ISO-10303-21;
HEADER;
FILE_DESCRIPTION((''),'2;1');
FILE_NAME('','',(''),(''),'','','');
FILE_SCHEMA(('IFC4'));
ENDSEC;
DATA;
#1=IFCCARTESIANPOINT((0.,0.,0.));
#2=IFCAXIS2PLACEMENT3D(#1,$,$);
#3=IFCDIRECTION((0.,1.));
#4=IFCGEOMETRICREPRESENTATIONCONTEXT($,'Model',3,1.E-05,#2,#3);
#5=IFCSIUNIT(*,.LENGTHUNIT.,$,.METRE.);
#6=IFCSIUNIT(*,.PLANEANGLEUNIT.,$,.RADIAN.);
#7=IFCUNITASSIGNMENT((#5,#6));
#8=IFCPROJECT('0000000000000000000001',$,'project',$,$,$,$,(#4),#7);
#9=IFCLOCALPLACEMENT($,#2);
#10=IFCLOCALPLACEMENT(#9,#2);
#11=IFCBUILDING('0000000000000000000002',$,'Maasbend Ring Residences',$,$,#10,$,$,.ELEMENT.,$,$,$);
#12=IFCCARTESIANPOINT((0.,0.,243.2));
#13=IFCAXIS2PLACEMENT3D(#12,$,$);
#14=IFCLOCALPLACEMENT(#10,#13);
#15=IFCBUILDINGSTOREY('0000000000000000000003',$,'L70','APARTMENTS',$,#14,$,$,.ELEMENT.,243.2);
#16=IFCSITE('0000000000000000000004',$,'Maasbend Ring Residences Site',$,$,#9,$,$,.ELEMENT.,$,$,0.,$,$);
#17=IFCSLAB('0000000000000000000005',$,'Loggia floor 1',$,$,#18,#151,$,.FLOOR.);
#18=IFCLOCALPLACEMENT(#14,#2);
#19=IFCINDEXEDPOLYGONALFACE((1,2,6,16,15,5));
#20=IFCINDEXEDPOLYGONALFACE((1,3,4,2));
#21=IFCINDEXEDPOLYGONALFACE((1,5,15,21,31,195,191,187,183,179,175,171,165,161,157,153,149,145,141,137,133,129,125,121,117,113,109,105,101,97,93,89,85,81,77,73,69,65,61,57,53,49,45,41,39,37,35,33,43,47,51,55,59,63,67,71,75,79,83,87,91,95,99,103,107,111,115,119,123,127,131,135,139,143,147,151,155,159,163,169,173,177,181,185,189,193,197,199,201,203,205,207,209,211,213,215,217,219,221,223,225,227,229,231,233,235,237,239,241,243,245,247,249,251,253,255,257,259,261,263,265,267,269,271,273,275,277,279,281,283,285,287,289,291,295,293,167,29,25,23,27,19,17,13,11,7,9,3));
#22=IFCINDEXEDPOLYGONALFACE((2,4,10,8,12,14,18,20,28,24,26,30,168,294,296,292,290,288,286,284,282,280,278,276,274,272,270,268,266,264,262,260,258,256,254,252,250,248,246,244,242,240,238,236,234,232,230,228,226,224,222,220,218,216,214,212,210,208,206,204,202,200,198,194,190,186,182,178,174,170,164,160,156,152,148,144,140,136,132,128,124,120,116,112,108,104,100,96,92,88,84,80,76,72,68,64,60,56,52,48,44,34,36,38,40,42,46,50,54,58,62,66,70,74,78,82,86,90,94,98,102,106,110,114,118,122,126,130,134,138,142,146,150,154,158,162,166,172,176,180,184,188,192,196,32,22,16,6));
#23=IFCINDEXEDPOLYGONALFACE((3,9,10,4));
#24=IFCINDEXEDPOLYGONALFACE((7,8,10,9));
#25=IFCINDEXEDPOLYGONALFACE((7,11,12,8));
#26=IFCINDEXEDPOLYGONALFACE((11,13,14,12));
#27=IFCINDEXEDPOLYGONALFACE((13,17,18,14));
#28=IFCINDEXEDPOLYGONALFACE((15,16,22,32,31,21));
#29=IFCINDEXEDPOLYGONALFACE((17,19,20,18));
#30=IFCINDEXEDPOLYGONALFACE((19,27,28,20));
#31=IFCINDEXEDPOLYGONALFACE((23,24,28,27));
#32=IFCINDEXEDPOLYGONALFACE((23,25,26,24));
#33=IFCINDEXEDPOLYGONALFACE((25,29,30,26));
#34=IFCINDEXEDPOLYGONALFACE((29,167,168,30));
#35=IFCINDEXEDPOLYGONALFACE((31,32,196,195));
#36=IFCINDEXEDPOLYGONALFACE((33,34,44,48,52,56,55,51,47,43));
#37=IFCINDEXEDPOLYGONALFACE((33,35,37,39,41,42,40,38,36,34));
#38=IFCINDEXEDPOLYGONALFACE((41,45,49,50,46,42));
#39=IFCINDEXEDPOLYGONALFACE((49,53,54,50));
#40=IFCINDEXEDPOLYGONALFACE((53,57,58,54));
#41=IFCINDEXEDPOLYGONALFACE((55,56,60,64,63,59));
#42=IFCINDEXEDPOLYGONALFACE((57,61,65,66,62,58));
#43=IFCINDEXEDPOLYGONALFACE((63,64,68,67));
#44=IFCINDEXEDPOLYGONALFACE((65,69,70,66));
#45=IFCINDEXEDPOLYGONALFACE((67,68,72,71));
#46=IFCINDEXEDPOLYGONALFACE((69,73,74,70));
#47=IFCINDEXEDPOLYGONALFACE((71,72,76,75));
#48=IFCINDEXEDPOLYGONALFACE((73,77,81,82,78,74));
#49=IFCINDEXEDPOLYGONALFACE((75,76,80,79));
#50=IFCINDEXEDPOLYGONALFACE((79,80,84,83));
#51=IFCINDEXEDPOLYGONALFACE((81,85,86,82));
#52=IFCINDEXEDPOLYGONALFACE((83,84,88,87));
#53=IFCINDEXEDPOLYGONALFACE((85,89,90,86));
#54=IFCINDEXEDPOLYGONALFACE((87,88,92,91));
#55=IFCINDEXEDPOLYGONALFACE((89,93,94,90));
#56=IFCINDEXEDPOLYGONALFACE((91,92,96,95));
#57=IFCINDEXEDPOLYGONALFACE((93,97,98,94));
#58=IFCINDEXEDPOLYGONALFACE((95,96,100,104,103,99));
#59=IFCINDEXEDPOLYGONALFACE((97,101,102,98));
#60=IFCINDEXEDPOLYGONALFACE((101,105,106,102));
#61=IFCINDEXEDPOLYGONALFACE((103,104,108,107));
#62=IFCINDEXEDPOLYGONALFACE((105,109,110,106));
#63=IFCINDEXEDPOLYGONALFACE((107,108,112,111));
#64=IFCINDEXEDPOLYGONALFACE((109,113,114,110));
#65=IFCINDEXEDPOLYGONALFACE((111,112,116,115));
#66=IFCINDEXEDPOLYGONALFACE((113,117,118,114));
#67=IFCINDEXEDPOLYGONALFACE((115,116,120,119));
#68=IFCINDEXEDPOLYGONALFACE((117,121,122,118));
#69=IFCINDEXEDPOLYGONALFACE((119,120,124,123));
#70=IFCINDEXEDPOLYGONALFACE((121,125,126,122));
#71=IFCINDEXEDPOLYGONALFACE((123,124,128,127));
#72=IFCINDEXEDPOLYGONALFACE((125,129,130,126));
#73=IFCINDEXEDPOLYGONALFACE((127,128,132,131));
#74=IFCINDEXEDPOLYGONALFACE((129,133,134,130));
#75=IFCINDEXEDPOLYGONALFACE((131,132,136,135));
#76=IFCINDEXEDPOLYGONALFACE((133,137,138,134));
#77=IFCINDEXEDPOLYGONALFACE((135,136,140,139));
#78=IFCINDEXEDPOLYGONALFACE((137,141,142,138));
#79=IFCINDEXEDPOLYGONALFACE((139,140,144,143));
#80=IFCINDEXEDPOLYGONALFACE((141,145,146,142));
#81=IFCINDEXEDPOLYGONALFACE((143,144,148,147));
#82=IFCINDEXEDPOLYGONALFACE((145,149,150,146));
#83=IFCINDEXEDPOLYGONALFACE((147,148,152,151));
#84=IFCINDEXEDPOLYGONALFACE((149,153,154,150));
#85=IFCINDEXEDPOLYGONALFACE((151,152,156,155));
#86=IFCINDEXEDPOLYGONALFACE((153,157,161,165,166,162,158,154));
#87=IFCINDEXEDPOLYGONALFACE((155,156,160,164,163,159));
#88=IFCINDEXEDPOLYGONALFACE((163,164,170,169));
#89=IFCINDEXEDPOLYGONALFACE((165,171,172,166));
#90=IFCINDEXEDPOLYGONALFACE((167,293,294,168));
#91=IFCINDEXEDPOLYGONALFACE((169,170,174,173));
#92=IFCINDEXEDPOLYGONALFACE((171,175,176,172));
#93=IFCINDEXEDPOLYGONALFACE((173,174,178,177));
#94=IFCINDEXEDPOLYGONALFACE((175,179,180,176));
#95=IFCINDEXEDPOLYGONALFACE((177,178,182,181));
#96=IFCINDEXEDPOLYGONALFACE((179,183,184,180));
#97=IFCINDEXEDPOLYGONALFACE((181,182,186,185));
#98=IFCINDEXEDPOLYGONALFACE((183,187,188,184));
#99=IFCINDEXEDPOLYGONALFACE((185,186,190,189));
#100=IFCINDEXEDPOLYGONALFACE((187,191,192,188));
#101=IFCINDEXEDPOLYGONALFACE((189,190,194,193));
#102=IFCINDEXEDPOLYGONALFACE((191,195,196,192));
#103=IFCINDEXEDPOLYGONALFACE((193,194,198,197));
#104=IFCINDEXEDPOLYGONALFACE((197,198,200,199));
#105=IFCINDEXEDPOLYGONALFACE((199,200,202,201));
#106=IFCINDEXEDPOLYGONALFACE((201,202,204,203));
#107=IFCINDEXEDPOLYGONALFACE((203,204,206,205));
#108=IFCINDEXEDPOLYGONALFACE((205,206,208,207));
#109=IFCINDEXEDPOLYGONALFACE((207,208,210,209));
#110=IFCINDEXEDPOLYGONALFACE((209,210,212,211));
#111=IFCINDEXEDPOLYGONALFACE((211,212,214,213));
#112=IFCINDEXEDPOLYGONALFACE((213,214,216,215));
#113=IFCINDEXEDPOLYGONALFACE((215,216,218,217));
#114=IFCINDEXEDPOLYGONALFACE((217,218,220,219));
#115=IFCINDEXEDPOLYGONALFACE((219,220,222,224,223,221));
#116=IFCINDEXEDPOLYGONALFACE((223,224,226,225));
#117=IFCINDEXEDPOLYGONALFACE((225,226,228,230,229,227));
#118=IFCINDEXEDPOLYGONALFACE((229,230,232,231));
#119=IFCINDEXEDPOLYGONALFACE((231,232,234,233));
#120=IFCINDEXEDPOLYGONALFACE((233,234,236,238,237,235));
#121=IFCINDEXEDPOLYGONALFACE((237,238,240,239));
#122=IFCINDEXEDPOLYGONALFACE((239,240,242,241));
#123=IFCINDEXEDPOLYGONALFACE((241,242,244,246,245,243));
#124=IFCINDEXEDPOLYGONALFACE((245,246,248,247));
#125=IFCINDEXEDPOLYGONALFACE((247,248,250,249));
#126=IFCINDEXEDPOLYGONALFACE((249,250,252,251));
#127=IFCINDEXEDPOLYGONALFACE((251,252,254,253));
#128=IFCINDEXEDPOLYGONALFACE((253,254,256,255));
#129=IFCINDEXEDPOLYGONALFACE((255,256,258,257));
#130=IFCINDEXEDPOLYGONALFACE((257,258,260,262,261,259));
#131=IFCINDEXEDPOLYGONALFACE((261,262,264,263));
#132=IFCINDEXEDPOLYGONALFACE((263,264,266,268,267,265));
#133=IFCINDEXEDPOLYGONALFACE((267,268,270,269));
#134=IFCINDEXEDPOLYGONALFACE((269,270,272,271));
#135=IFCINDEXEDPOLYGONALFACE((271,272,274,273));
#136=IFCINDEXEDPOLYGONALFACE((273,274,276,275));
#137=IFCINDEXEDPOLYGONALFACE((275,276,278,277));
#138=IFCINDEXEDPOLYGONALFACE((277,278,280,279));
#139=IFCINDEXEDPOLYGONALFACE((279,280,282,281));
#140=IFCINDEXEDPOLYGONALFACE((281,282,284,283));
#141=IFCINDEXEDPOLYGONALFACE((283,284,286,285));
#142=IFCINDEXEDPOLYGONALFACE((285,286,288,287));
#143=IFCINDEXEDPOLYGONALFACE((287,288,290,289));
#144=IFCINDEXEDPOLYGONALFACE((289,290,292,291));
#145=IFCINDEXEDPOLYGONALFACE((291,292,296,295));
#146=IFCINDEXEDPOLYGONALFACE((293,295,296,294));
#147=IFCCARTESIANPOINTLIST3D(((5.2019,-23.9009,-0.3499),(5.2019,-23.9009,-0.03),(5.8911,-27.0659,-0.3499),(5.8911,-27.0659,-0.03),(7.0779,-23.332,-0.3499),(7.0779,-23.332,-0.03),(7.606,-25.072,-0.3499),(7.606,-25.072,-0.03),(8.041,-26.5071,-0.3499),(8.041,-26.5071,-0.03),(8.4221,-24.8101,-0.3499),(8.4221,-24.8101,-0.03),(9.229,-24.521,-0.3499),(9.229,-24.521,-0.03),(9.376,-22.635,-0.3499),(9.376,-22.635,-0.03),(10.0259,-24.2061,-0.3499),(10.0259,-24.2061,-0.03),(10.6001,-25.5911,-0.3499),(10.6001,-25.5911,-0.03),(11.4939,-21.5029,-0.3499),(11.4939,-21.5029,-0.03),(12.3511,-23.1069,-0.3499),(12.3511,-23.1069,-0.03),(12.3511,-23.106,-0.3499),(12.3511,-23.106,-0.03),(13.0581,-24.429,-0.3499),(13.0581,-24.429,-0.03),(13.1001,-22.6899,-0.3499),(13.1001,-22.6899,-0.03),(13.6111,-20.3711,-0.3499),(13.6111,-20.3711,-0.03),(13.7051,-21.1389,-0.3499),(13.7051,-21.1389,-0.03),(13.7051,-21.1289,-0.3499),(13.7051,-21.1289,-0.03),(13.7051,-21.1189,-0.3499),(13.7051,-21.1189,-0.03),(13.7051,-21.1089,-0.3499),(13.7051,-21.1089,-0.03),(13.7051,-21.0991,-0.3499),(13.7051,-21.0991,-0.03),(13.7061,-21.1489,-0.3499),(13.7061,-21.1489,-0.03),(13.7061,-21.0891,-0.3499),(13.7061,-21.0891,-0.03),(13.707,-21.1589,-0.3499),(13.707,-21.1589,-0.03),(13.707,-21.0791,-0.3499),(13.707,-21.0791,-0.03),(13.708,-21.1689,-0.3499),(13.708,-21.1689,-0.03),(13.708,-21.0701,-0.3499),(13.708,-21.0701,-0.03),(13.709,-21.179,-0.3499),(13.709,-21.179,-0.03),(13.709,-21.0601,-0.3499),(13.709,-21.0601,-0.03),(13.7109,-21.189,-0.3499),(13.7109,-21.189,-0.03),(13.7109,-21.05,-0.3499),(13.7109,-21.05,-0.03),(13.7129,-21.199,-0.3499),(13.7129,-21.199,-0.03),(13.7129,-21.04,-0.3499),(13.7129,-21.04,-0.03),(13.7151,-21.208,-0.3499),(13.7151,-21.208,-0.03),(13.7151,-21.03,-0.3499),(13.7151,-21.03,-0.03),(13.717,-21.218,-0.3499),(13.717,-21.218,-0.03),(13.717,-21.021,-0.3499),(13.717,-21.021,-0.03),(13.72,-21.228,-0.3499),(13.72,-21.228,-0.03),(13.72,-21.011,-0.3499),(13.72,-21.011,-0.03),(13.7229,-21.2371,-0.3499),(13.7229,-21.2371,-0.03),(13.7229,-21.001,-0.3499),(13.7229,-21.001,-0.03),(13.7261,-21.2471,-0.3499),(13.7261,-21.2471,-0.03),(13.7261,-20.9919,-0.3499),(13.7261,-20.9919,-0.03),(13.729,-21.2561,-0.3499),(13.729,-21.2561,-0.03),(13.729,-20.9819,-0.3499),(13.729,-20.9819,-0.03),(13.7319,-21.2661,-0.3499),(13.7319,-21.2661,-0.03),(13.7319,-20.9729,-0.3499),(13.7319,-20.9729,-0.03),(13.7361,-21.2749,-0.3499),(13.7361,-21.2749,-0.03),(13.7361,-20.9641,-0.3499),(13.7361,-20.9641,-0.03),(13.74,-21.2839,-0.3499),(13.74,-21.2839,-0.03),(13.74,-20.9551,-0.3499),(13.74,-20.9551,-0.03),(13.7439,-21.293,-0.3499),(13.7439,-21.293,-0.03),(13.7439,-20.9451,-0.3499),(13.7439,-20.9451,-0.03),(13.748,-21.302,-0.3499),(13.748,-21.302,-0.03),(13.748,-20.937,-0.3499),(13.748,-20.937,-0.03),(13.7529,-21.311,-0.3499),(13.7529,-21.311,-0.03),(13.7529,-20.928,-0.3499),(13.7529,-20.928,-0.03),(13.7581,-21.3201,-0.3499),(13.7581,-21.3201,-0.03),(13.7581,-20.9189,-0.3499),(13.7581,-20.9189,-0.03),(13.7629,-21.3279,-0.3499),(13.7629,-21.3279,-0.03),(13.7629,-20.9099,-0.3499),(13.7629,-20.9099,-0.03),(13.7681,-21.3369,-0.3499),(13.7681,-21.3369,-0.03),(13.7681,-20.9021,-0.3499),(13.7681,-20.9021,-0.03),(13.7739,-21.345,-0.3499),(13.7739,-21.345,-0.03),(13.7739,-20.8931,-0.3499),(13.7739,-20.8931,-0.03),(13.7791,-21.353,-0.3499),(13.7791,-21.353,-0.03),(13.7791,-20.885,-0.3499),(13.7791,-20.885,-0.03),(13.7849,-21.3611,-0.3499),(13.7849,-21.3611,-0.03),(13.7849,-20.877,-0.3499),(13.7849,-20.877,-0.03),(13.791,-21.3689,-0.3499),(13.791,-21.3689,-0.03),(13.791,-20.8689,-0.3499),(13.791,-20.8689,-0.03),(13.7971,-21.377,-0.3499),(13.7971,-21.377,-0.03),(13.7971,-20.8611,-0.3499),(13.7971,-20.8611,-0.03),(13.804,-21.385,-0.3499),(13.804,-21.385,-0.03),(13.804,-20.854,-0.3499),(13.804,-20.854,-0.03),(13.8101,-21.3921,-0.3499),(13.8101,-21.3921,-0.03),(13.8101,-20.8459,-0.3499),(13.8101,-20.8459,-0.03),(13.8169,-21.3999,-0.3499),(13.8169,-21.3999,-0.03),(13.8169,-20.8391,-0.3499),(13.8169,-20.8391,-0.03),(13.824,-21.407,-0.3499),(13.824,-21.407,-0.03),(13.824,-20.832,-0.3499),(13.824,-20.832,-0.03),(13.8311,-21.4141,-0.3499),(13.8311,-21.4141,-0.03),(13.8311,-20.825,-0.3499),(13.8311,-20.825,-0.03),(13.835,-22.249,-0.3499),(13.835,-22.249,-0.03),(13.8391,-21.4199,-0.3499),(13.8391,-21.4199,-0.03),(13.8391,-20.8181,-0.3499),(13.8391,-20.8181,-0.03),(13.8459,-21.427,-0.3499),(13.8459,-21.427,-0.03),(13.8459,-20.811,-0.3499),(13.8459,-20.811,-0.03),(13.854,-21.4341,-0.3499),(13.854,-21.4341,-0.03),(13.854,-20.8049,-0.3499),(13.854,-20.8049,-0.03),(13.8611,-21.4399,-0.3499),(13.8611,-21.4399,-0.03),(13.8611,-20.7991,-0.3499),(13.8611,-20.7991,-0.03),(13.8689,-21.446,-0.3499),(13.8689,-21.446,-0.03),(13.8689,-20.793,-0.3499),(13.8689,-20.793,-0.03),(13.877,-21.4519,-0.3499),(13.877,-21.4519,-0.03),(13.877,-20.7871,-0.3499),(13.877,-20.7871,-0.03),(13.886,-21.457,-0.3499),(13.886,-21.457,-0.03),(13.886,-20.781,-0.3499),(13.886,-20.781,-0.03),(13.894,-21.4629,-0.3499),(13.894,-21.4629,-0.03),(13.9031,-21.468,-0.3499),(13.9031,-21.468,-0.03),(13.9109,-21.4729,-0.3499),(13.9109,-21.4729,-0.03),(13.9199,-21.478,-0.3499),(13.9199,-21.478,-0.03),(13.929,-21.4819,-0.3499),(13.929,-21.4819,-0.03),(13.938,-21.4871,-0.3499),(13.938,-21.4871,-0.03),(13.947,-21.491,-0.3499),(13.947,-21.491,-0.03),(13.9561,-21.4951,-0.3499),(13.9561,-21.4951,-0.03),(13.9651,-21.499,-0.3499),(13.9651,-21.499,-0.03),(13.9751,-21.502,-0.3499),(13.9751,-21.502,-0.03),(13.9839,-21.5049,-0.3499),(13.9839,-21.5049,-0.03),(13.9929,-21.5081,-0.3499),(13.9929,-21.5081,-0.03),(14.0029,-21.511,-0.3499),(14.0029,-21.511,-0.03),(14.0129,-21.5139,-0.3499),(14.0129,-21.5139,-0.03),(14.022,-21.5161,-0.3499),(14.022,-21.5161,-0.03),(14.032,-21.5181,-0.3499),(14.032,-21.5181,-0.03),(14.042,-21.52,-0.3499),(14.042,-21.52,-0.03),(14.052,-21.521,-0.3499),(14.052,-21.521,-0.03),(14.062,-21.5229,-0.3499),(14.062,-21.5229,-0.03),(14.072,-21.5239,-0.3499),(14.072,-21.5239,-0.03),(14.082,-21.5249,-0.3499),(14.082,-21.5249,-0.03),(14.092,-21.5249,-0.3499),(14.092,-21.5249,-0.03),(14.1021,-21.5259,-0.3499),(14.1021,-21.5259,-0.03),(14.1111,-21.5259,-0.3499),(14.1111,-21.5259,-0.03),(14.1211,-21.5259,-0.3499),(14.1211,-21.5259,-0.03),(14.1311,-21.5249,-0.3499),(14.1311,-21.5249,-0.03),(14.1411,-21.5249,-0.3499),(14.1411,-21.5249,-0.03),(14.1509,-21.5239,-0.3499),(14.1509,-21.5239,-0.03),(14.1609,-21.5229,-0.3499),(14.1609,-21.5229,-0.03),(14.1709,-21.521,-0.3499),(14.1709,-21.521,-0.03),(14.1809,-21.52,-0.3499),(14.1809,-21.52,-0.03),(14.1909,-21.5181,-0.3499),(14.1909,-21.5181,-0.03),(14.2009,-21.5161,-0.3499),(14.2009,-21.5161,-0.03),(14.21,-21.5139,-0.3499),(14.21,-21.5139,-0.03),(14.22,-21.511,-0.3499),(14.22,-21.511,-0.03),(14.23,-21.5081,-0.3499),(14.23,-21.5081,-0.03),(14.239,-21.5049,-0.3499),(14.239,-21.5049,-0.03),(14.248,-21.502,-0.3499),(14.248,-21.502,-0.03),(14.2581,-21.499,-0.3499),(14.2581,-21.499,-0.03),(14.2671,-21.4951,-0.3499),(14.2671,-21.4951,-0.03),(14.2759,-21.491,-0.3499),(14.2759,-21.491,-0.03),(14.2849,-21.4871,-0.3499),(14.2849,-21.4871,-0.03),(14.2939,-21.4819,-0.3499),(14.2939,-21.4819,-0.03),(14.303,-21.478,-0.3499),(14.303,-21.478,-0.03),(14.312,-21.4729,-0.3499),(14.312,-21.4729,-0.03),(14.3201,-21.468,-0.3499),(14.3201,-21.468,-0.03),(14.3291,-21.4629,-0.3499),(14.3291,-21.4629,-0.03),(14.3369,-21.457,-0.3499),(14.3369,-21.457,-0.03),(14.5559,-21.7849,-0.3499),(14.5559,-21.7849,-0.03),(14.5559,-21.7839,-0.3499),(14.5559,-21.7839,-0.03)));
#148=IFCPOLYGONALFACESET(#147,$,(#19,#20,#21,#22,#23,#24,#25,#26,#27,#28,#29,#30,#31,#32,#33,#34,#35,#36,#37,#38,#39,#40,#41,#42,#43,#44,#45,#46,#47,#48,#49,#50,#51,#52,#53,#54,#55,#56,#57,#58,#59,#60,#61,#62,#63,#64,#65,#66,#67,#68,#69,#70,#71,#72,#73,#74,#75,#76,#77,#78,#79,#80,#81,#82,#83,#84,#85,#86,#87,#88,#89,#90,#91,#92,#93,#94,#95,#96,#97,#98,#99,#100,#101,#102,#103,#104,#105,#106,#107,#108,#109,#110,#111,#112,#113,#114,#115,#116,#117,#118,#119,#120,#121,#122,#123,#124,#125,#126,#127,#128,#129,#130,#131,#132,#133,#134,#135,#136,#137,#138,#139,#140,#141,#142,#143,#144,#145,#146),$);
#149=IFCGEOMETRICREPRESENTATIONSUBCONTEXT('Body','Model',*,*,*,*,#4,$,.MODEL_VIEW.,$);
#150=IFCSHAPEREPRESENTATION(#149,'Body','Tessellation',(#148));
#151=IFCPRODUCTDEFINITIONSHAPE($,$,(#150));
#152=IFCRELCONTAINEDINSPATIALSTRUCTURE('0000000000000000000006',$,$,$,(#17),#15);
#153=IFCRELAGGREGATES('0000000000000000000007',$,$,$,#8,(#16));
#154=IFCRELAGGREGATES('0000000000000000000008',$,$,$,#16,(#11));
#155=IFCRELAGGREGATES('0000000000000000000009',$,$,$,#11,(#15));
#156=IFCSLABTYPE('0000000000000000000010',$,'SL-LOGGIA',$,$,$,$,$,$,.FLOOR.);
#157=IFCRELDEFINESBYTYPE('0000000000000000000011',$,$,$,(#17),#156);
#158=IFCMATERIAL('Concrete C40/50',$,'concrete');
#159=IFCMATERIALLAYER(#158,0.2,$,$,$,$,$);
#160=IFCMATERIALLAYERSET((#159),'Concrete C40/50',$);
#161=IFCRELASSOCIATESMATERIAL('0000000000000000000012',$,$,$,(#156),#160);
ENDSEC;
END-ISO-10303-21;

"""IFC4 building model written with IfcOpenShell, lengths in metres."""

from ifc_helpers import new_model, si_unit, direction, frame, origin, place, context, subcontext, project, spatial, polyline, outline, extrude, material, layer, layer_set, type_object, element, save


model = new_model("IFC4")

# Units and contexts
model_context = context("Model", 3, precision=1e-05, world=origin(), true_north=direction((0.0, 1.0)))
body_context = subcontext(model_context, "Body", "Model", "MODEL_VIEW")
ifc_project = project(units=[si_unit("LENGTHUNIT", "METRE"), si_unit("PLANEANGLEUNIT", "RADIAN")], contexts=[model_context])

# Site, building, storey
site_placement = place(None, origin())
site = spatial("IfcSite", under=ifc_project, at=site_placement, Name="Maasbend Ring Residences Site", CompositionType="ELEMENT", RefElevation=0.0)
building_placement = place(site_placement, origin())
building = spatial("IfcBuilding", under=site, at=building_placement, Name="Maasbend Ring Residences", CompositionType="ELEMENT")
storey_placement = place(building_placement, frame((0.0, 0.0, 243.2)))
storey = spatial("IfcBuildingStorey", under=building, at=storey_placement, Name="L70", Description="APARTMENTS", CompositionType="ELEMENT", Elevation=243.2)

# Slab
ifc_material_1 = material(Name="Concrete C40/50", Category="concrete")
ifc_layer_1 = layer(ifc_material_1, 0.2)
ifc_layer_set_1 = layer_set([ifc_layer_1], Name="Concrete C40/50")
slab_type_1 = type_object("IfcSlabType", Name="SL-LOGGIA", PredefinedType="FLOOR", material=ifc_layer_set_1)
slab_1_placement = place(storey_placement, frame((0.0, 0.0, -0.3499)))
element("IfcSlab", 1, at=slab_1_placement, inside=storey, type_object=slab_type_1, Name="Loggia floor 1", PredefinedType="FLOOR", context=body_context, shape_type="SweptSolid", body=[
    extrude(outline(polyline([(9.376, -22.635), (11.4939, -21.5029), (13.6111, -20.3711), (13.6111, -20.3711), (13.6111, -20.3711), (13.886, -20.781), (13.877, -20.7871), (13.8689, -20.793), (13.8611, -20.7991), (13.854, -20.8049), (13.8459, -20.811), (13.8391, -20.8181), (13.8311, -20.825), (13.824, -20.832), (13.8169, -20.8391), (13.8101, -20.8459), (13.804, -20.854), (13.7971, -20.8611), (13.791, -20.8689), (13.7849, -20.877), (13.7791, -20.885), (13.7739, -20.8931), (13.7681, -20.9021), (13.7629, -20.9099), (13.7581, -20.9189), (13.7529, -20.928), (13.748, -20.937), (13.7439, -20.9451), (13.74, -20.9551), (13.7361, -20.9641), (13.7319, -20.9729), (13.729, -20.9819), (13.7261, -20.9919), (13.7229, -21.001), (13.72, -21.011), (13.717, -21.021), (13.7151, -21.03), (13.7129, -21.04), (13.7109, -21.05), (13.709, -21.0601), (13.708, -21.0701), (13.707, -21.0791), (13.7061, -21.0891), (13.7051, -21.0991), (13.7051, -21.1089), (13.7051, -21.1189), (13.7051, -21.1289), (13.7051, -21.1389), (13.7061, -21.1489), (13.707, -21.1589), (13.708, -21.1689), (13.709, -21.179), (13.7109, -21.189), (13.7129, -21.199), (13.7151, -21.208), (13.717, -21.218), (13.72, -21.228), (13.7229, -21.2371), (13.7261, -21.2471), (13.729, -21.2561), (13.7319, -21.2661), (13.7361, -21.2749), (13.74, -21.2839), (13.7439, -21.293), (13.748, -21.302), (13.7529, -21.311), (13.7581, -21.3201), (13.7629, -21.3279), (13.7681, -21.3369), (13.7739, -21.345), (13.7791, -21.353), (13.7849, -21.3611), (13.791, -21.3689), (13.7971, -21.377), (13.804, -21.385), (13.8101, -21.3921), (13.8169, -21.3999), (13.824, -21.407), (13.8311, -21.4141), (13.8391, -21.4199), (13.8459, -21.427), (13.854, -21.4341), (13.8611, -21.4399), (13.8689, -21.446), (13.877, -21.4519), (13.886, -21.457), (13.894, -21.4629), (13.9031, -21.468), (13.9109, -21.4729), (13.9199, -21.478), (13.929, -21.4819), (13.938, -21.4871), (13.947, -21.491), (13.9561, -21.4951), (13.9651, -21.499), (13.9751, -21.502), (13.9839, -21.5049), (13.9929, -21.5081), (14.0029, -21.511), (14.0129, -21.5139), (14.022, -21.5161), (14.032, -21.5181), (14.042, -21.52), (14.052, -21.521), (14.062, -21.5229), (14.072, -21.5239), (14.082, -21.5249), (14.092, -21.5249), (14.1021, -21.5259), (14.1111, -21.5259), (14.1211, -21.5259), (14.1311, -21.5249), (14.1411, -21.5249), (14.1509, -21.5239), (14.1609, -21.5229), (14.1709, -21.521), (14.1809, -21.52), (14.1909, -21.5181), (14.2009, -21.5161), (14.21, -21.5139), (14.22, -21.511), (14.23, -21.5081), (14.239, -21.5049), (14.248, -21.502), (14.2581, -21.499), (14.2671, -21.4951), (14.2759, -21.491), (14.2849, -21.4871), (14.2939, -21.4819), (14.303, -21.478), (14.312, -21.4729), (14.3201, -21.468), (14.3291, -21.4629), (14.3369, -21.457), (14.5559, -21.7839), (14.5559, -21.7849), (14.5559, -21.7849), (13.835, -22.249), (13.835, -22.249), (13.1001, -22.6899), (13.1001, -22.6899), (12.3511, -23.106), (12.3511, -23.106), (12.3511, -23.106), (12.3511, -23.106), (12.3511, -23.106), (12.3511, -23.106), (12.3511, -23.106), (12.3511, -23.106), (12.3511, -23.106), (12.3511, -23.106), (12.3511, -23.106), (12.3511, -23.1069), (12.3511, -23.1069), (12.3511, -23.1069), (12.3511, -23.1069), (12.3511, -23.1069), (12.3511, -23.1069), (13.0581, -24.429), (13.0581, -24.429), (13.0581, -24.429), (10.6001, -25.5911), (10.6001, -25.5911), (10.6001, -25.5911), (10.0259, -24.2061), (10.0259, -24.2061), (10.0259, -24.2061), (10.0259, -24.2061), (10.0259, -24.2061), (10.0259, -24.2061), (10.0259, -24.2061), (10.0259, -24.2061), (10.0259, -24.2061), (10.0259, -24.2061), (10.0259, -24.2061), (10.0259, -24.2061), (10.0259, -24.2061), (10.0259, -24.2061), (10.0259, -24.2061), (10.0259, -24.2061), (10.0259, -24.2061), (9.229, -24.521), (9.229, -24.521), (8.4221, -24.8101), (8.4221, -24.8101), (7.606, -25.072), (7.606, -25.072), (7.606, -25.072), (7.606, -25.072), (7.606, -25.072), (7.606, -25.072), (7.606, -25.072), (7.606, -25.072), (7.606, -25.072), (7.606, -25.072), (7.606, -25.072), (7.606, -25.072), (7.606, -25.072), (7.606, -25.072), (7.606, -25.072), (7.606, -25.072), (7.606, -25.072), (8.041, -26.5071), (8.041, -26.5071), (8.041, -26.5071), (5.8911, -27.0659), (5.8911, -27.0659), (5.8911, -27.0659), (5.2019, -23.9009), (5.2019, -23.9009), (5.2019, -23.9009), (7.0779, -23.332), (9.376, -22.635), (9.376, -22.635), (9.376, -22.635)])), origin(), (0.0, 0.0, 1.0), 0.3198),
])

save(model, "model.ifc")
